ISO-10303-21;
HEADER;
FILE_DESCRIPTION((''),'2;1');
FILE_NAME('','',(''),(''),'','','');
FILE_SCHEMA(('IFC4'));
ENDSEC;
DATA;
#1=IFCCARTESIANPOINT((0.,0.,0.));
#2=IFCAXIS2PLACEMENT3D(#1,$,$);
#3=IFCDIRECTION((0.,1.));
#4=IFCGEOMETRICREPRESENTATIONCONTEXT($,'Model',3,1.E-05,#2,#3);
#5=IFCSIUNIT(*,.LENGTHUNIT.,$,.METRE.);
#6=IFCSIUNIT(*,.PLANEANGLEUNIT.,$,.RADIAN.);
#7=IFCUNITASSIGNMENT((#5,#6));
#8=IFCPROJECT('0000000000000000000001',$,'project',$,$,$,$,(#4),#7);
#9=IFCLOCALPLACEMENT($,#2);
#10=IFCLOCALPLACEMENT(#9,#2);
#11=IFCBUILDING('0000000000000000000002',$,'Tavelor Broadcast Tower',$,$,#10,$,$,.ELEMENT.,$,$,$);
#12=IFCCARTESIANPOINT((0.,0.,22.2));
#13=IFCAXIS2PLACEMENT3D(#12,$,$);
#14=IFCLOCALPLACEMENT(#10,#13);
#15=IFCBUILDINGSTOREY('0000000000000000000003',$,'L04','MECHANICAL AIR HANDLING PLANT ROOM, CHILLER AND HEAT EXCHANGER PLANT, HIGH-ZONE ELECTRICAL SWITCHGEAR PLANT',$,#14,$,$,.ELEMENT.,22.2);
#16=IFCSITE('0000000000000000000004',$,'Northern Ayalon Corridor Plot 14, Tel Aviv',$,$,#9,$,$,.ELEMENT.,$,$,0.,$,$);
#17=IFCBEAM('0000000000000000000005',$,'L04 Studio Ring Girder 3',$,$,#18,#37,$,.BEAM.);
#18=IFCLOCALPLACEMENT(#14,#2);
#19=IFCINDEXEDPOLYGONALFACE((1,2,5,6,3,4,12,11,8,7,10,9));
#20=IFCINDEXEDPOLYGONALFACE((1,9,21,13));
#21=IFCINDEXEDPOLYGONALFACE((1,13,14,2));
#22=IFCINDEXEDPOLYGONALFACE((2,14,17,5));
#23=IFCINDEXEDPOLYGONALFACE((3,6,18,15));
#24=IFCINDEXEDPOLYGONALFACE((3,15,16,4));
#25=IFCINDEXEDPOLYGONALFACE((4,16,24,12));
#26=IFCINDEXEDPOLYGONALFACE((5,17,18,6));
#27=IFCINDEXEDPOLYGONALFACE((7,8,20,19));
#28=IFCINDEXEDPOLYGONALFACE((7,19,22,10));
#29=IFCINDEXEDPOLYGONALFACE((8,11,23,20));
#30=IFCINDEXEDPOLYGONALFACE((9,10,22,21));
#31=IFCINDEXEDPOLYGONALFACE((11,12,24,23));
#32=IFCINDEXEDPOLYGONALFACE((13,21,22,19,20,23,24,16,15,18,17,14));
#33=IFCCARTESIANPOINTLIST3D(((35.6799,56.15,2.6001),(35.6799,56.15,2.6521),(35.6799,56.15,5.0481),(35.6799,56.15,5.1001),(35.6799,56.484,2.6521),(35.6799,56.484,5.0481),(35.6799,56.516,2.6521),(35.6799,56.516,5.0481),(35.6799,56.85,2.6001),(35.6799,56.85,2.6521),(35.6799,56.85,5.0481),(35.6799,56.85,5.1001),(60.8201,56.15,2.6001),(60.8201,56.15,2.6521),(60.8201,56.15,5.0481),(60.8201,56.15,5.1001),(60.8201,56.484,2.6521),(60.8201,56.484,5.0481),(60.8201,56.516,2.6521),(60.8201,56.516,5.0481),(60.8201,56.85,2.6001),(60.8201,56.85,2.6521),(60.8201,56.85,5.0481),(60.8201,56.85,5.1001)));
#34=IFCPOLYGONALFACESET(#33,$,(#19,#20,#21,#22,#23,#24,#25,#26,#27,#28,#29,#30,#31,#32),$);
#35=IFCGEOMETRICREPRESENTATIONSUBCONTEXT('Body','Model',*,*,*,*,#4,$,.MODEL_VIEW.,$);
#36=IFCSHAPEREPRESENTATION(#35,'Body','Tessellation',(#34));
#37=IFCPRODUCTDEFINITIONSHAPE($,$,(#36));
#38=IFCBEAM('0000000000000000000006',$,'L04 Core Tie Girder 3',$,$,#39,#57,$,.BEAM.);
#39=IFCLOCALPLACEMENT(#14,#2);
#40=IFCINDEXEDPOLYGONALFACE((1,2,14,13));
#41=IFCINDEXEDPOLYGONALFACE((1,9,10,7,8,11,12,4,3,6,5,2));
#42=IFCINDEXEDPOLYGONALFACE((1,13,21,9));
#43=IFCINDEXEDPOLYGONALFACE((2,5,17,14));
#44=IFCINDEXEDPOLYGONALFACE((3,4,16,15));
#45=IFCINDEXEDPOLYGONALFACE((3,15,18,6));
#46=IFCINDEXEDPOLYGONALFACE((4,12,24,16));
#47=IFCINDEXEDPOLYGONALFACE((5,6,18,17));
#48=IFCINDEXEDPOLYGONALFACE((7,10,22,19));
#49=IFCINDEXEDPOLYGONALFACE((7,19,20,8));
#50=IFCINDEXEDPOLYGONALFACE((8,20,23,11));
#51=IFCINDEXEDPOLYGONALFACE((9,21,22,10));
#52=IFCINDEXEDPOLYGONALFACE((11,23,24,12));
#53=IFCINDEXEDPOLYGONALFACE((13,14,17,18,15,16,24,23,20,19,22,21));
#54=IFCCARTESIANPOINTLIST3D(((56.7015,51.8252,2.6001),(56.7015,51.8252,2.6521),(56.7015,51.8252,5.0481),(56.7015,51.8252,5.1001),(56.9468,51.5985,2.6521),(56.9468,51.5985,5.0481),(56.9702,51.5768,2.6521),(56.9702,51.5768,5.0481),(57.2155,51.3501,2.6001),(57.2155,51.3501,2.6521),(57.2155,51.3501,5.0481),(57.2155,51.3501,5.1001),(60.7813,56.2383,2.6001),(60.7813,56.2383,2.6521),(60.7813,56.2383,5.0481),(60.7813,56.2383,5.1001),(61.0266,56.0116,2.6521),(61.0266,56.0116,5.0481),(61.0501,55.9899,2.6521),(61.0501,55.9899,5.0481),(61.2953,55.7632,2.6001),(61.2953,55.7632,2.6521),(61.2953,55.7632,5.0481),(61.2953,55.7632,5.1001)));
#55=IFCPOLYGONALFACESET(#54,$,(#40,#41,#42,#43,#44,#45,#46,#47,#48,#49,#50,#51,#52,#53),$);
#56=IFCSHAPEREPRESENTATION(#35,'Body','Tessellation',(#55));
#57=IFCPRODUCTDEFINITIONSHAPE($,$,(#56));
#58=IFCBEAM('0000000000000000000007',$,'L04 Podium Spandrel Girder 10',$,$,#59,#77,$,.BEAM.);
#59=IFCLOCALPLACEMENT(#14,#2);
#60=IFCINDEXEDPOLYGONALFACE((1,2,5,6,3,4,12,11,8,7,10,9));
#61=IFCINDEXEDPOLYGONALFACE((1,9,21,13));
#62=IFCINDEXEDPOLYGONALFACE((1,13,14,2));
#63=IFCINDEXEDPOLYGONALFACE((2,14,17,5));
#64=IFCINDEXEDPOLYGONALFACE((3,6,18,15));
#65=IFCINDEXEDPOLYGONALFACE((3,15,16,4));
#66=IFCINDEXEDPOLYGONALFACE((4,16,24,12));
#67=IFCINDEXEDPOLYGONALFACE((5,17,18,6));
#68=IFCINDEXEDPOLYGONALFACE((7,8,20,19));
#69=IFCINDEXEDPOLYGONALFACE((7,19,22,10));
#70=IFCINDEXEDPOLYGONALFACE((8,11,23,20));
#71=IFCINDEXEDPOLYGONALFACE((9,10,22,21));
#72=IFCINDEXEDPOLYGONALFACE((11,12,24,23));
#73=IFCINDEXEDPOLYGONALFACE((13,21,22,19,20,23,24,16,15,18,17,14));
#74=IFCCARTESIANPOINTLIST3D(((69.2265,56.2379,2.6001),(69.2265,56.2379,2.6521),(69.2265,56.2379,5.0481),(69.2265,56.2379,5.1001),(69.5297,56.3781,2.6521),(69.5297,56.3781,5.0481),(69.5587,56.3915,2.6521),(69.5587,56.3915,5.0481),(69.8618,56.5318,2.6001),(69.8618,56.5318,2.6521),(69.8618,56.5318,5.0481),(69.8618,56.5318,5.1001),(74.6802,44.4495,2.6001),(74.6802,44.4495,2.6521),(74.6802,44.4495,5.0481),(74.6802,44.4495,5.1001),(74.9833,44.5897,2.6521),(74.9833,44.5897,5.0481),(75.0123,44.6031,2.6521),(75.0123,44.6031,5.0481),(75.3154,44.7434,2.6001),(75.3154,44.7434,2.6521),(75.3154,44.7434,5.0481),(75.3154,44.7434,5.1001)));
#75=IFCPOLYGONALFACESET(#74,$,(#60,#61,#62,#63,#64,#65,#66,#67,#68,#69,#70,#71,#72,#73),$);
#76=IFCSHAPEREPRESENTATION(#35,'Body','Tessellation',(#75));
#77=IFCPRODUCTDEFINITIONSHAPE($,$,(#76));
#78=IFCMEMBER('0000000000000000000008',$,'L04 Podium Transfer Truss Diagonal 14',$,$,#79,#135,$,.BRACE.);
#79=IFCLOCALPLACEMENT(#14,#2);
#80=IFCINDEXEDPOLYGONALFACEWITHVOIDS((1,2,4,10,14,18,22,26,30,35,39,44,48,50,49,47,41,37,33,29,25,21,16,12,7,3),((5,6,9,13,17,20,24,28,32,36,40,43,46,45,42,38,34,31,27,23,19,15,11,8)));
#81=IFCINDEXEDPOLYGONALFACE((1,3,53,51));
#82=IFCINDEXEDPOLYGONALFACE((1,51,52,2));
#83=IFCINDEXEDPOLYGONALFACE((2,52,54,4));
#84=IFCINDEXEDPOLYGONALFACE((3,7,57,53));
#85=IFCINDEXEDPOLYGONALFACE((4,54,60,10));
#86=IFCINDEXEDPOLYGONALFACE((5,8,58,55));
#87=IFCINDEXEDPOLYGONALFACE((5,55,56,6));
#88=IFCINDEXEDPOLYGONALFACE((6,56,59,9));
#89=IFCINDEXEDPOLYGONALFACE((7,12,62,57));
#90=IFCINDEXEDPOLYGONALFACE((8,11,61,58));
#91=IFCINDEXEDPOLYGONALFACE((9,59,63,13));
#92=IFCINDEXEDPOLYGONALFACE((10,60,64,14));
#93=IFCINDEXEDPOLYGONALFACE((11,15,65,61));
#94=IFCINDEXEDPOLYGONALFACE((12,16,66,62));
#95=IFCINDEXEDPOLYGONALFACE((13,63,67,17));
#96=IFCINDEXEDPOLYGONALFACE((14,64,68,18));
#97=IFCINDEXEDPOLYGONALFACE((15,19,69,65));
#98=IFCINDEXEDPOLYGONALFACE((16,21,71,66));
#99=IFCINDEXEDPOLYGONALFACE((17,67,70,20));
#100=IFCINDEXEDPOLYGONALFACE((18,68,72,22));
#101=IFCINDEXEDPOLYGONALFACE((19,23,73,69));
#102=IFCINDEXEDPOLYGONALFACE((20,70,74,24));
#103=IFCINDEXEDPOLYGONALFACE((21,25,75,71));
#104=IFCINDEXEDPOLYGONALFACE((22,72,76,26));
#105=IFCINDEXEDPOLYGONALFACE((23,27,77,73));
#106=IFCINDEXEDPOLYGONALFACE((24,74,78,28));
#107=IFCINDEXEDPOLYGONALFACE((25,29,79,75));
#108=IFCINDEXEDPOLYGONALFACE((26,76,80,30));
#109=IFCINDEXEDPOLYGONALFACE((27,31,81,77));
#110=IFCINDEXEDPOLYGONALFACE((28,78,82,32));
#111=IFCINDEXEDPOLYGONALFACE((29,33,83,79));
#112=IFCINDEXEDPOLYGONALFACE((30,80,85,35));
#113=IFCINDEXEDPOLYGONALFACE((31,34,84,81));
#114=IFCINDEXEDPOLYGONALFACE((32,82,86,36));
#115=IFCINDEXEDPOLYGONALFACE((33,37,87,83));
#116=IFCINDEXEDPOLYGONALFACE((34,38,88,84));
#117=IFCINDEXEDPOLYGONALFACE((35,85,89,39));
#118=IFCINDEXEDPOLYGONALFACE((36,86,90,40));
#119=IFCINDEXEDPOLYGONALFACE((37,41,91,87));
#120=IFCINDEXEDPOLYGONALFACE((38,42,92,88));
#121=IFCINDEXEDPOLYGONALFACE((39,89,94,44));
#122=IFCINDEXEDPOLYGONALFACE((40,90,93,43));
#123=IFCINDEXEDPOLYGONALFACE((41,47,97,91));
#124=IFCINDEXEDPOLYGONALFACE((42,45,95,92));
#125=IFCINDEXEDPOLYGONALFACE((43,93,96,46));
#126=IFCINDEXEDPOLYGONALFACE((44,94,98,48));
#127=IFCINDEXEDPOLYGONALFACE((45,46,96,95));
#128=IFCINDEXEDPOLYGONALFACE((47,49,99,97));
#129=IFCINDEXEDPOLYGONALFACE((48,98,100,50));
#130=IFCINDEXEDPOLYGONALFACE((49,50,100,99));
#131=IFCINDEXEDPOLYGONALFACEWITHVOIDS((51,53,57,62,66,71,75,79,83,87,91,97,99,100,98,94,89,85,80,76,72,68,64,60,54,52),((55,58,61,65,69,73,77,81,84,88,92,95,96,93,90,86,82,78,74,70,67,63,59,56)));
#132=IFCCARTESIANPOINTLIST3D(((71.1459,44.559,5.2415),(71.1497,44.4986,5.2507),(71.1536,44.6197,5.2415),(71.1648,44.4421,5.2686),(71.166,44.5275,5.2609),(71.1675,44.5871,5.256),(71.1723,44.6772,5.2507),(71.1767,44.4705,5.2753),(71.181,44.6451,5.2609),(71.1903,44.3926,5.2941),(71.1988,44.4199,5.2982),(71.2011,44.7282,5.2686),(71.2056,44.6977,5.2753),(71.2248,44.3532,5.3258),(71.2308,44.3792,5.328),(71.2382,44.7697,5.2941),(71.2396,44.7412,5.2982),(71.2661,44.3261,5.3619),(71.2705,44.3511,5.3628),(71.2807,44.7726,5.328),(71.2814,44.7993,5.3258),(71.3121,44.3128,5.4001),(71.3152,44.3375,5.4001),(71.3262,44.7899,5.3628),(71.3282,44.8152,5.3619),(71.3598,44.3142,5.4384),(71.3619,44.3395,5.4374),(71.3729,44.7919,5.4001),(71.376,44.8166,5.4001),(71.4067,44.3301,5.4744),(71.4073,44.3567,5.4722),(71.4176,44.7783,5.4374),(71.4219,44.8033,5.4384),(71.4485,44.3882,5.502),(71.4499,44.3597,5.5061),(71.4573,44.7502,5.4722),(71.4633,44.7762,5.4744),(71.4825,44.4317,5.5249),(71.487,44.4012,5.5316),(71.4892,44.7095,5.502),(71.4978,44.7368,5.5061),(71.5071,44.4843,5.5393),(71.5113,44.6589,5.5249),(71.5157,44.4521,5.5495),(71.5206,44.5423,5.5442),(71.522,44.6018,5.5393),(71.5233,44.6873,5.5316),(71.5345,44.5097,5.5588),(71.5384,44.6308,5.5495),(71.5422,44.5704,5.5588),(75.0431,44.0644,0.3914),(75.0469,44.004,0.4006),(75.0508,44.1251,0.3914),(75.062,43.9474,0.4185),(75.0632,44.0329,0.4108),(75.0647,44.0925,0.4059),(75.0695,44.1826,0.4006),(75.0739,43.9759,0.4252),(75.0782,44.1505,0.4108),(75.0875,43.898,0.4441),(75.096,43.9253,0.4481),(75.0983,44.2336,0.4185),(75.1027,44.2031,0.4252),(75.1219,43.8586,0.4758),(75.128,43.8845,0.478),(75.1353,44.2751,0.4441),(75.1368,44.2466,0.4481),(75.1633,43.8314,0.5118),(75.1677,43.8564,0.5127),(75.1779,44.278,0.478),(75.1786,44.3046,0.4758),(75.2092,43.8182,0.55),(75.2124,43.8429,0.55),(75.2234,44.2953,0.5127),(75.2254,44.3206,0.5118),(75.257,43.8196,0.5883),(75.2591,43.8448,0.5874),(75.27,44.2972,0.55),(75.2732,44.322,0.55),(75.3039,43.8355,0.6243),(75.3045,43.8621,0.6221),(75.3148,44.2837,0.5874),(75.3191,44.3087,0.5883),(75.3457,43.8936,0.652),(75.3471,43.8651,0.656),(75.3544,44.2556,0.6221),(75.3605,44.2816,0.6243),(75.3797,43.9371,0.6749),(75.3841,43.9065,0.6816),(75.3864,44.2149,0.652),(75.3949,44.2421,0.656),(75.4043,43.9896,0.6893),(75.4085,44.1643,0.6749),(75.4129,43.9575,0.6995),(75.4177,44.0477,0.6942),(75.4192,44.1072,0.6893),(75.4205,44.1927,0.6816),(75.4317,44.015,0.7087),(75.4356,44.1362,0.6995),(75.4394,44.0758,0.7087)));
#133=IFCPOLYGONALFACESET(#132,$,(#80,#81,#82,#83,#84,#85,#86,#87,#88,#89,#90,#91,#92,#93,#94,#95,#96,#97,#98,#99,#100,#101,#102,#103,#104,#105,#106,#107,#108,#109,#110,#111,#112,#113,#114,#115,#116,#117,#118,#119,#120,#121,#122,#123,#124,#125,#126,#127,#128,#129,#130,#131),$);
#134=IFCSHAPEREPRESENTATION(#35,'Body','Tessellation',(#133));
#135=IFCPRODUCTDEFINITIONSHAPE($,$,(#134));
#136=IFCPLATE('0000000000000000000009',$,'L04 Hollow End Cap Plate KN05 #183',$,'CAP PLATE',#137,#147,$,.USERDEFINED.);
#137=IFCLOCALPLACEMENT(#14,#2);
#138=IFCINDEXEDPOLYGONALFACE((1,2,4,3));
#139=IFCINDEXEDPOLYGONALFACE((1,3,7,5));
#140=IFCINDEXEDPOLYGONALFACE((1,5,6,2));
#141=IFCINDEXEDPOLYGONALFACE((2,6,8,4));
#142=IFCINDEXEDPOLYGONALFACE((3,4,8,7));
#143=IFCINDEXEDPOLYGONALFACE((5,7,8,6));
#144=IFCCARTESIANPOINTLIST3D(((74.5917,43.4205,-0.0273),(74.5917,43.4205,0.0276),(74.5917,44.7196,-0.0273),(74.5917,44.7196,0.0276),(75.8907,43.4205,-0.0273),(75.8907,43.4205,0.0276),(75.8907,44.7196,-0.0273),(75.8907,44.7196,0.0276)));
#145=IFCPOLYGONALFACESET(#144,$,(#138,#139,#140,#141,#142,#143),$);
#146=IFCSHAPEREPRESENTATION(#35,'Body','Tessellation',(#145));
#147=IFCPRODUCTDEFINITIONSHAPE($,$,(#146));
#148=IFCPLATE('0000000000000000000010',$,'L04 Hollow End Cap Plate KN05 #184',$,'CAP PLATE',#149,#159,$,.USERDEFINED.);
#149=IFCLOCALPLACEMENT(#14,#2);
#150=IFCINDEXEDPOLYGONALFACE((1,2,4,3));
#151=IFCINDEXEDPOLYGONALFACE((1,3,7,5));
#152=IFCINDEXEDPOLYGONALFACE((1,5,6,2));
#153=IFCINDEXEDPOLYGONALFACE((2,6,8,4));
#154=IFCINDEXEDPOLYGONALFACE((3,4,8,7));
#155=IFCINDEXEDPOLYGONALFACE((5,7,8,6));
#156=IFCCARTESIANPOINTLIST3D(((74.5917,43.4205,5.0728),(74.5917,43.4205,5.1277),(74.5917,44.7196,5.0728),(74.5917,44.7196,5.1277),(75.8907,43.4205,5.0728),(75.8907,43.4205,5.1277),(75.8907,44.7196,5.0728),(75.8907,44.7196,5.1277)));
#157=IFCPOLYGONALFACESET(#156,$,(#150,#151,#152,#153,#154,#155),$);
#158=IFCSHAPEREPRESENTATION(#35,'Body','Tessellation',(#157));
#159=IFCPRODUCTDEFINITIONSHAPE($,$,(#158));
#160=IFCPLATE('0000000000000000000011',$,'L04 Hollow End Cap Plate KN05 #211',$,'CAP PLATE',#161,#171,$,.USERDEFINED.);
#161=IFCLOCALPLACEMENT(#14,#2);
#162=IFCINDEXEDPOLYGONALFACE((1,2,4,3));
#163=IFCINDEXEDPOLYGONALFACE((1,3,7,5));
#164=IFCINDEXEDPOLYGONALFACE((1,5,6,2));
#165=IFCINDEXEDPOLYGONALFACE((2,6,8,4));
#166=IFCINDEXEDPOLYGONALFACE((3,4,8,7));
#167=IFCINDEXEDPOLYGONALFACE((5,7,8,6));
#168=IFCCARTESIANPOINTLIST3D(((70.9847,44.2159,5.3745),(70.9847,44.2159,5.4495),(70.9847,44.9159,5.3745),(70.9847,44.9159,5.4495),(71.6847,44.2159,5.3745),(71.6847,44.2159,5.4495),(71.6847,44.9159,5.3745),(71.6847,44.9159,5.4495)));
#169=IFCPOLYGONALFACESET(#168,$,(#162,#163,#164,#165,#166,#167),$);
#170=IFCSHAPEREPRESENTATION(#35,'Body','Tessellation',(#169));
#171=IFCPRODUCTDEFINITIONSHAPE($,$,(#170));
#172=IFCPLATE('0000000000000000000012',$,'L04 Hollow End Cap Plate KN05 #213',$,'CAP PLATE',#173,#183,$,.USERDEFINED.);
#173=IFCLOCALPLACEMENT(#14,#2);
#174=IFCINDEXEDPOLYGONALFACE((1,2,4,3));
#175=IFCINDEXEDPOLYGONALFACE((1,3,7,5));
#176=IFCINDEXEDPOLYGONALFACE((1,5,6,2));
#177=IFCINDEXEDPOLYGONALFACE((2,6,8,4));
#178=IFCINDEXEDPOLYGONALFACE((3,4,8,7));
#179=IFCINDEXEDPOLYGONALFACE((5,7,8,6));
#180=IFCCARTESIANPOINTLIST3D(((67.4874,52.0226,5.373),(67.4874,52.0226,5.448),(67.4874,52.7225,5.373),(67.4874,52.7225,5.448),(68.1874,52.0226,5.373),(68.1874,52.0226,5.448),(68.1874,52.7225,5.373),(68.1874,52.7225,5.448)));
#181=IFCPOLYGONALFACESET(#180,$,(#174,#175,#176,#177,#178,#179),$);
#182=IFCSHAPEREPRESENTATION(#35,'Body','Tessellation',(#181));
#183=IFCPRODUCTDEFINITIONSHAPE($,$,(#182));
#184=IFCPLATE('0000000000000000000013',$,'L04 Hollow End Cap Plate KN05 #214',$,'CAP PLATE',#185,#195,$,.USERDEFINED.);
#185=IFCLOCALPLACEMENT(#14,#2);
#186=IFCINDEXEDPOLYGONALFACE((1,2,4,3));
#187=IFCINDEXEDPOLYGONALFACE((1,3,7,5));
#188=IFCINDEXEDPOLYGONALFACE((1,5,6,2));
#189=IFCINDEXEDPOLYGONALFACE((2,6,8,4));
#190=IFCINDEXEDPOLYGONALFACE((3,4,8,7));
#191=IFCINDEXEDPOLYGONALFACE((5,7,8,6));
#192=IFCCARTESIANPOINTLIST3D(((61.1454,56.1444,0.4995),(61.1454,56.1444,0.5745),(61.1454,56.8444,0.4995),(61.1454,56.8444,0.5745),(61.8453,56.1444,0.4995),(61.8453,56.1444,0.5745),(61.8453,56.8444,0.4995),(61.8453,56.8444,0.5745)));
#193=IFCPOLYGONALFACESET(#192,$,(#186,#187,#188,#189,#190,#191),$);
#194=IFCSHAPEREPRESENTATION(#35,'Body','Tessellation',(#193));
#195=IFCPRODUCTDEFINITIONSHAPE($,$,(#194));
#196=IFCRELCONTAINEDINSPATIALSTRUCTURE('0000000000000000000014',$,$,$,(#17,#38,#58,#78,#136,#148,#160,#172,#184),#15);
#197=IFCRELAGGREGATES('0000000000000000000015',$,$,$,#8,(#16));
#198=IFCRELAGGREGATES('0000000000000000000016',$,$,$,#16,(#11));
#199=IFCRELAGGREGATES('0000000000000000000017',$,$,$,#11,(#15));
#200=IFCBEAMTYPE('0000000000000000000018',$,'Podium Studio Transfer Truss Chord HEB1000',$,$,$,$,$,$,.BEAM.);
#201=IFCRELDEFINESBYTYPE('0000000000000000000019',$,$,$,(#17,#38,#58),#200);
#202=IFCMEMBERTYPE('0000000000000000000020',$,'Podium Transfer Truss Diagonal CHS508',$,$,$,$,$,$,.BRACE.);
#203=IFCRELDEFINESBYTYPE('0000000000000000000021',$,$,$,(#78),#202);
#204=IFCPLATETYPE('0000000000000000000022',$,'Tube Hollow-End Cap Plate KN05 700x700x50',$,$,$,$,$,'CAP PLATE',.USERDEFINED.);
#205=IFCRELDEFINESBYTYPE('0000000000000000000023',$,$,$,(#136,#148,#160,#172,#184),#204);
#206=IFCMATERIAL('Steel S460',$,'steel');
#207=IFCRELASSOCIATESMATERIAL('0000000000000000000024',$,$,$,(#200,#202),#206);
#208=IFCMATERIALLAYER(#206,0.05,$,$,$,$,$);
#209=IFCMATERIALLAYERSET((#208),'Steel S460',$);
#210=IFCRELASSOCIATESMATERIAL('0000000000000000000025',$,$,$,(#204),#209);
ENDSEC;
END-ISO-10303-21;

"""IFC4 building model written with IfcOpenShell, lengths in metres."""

from ifc_helpers import new_model, si_unit, direction, frame, origin, origin_2d, place, context, subcontext, project, spatial, rectangle, hollow_circle, i_section, extrude, source, transform, mapped, material, layer, layer_set, material_profile, profile_set, type_object, type_shapes, element, save


model = new_model("IFC4")

# Units and contexts
model_context = context("Model", 3, precision=1e-05, world=origin(), true_north=direction((0.0, 1.0)))
body_context = subcontext(model_context, "Body", "Model", "MODEL_VIEW")
ifc_project = project(units=[si_unit("LENGTHUNIT", "METRE"), si_unit("PLANEANGLEUNIT", "RADIAN")], contexts=[model_context])

# Site, building, storey
site_placement = place(None, origin())
site = spatial("IfcSite", under=ifc_project, at=site_placement, Name="Northern Ayalon Corridor Plot 14, Tel Aviv", CompositionType="ELEMENT", RefElevation=0.0)
building_placement = place(site_placement, origin())
building = spatial("IfcBuilding", under=site, at=building_placement, Name="Tavelor Broadcast Tower", CompositionType="ELEMENT")
storey_placement = place(building_placement, frame((0.0, 0.0, 22.2)))
storey = spatial("IfcBuildingStorey", under=building, at=storey_placement, Name="L04", Description="MECHANICAL AIR HANDLING PLANT ROOM, CHILLER AND HEAT EXCHANGER PLANT, HIGH-ZONE ELECTRICAL SWITCHGEAR PLANT", CompositionType="ELEMENT", Elevation=22.2)

# Shared definitions
ifc_material_1 = material(Name="Steel S460", Category="steel")

# Beams
ifc_material_profile_1 = material_profile(ifc_material_1, i_section(OverallWidth=0.7, OverallDepth=2.5, WebThickness=0.032, FlangeThickness=0.052, at=origin_2d()), Name="PG 2500x700")
ifc_profile_set_1 = profile_set([ifc_material_profile_1], Name="Steel S460")
beam_type_1 = type_object("IfcBeamType", Name="Podium Studio Transfer Truss Chord HEB1000", PredefinedType="BEAM", material=ifc_profile_set_1)
beam_1_placement = place(storey_placement, frame((60.8201, 56.5, 3.8501), z_axis=(-1.0, 0.0, 0.0), x_axis=(0.0, -1.0, 0.0)))
element("IfcBeam", 1, at=beam_1_placement, inside=storey, type_object=beam_type_1, Name="L04 Studio Ring Girder 3", PredefinedType="BEAM", context=body_context, shape_type="SweptSolid", body=[
    extrude(i_section(OverallWidth=0.7, OverallDepth=2.5, WebThickness=0.032, FlangeThickness=0.052, at=origin_2d()), origin(), (0.0, 0.0, 1.0), 25.1401),
])
beam_2_placement = place(storey_placement, frame((61.0383, 56.0007, 3.8501), z_axis=(-0.678838, -0.734288, 0.0), x_axis=(0.734288, -0.678838, 0.0)))
element("IfcBeam", 2, at=beam_2_placement, inside=storey, type_object=beam_type_1, Name="L04 Core Tie Girder 3", PredefinedType="BEAM", context=body_context, shape_type="SweptSolid", body=[
    extrude(i_section(OverallWidth=0.7, OverallDepth=2.5, WebThickness=0.032, FlangeThickness=0.052, at=origin_2d()), origin(), (0.0, 0.0, 1.0), 6.01),
])
beam_3_placement = place(storey_placement, frame((74.9978, 44.5964, 3.8501), z_axis=(-0.419873, 0.907583, 0.0), x_axis=(-0.907583, -0.419873, 0.0)))
element("IfcBeam", 3, at=beam_3_placement, inside=storey, type_object=beam_type_1, Name="L04 Podium Spandrel Girder 10", PredefinedType="BEAM", context=body_context, shape_type="SweptSolid", body=[
    extrude(i_section(OverallWidth=0.7, OverallDepth=2.5, WebThickness=0.032, FlangeThickness=0.052, at=origin_2d()), origin(), (0.0, 0.0, 1.0), 12.9888),
])

# Member
ifc_material_profile_2 = material_profile(ifc_material_1, hollow_circle(Radius=0.2539, WallThickness=0.0249, at=origin_2d()), Name="CHS 508x25")
ifc_profile_set_2 = profile_set([ifc_material_profile_2], Name="Steel S460")
member_type = type_object("IfcMemberType", Name="Podium Transfer Truss Diagonal CHS508", PredefinedType="BRACE", material=ifc_profile_set_2)
member_placement = place(storey_placement, frame((75.2412, 44.0701, 0.55), z_axis=(-0.624403, 0.079248, 0.777072), x_axis=(-0.125908, -0.992042, 0.0)))
element("IfcMember", 4, at=member_placement, inside=storey, type_object=member_type, Name="L04 Podium Transfer Truss Diagonal 14", PredefinedType="BRACE", context=body_context, shape_type="SweptSolid", body=[
    extrude(hollow_circle(Radius=0.2539, WallThickness=0.0249, at=origin_2d()), origin(), (0.0, 0.0, 1.0), 6.2415),
])

# Plates
ifc_layer_1 = layer(ifc_material_1, 0.05)
ifc_layer_set_1 = layer_set([ifc_layer_1], Name="Steel S460")
plate_type_1 = type_object("IfcPlateType", Name="Tube Hollow-End Cap Plate KN05 700x700x50", ElementType="CAP PLATE", PredefinedType="USERDEFINED", material=ifc_layer_set_1)
shared_shape_1 = source(origin(), body_context, "Body", "SweptSolid", [
    extrude(rectangle(XDim=1.2991, YDim=1.2991, at=origin_2d()), origin(), (0.0, 0.0, 1.0), 0.0549),
])
for number, where, z_axis, x_axis, name in (
    (5, (75.2412, 44.0701, -0.0273), (0.0, 0.0, 1.0), (1.0, 0.0, 0.0), "L04 Hollow End Cap Plate KN05 #183"),
    (6, (75.2412, 44.0701, 5.0728), (0.0, 0.0, 1.0), (1.0, 0.0, 0.0), "L04 Hollow End Cap Plate KN05 #184"),
):
    element("IfcPlate", number, at=place(storey_placement, frame(where, z_axis=z_axis, x_axis=x_axis)), inside=storey, type_object=plate_type_1, Name=name, ObjectType="CAP PLATE", PredefinedType="USERDEFINED", context=body_context, shape_type="MappedRepresentation", body=[
        mapped(shared_shape_1, transform((0.0, 0.0, 0.0), scale=1.0)),
    ])
shared_shape_2 = source(origin(), body_context, "Body", "SweptSolid", [
    extrude(rectangle(XDim=0.7, YDim=0.7, at=origin_2d()), origin(), (0.0, 0.0, 1.0), 0.075),
])
type_shapes(plate_type_1, [shared_shape_1, shared_shape_2])
for number, where, z_axis, x_axis, name in (
    (7, (71.3347, 44.5659, 5.3745), (0.0, 0.0, 1.0), (1.0, 0.0, 0.0), "L04 Hollow End Cap Plate KN05 #211"),
    (8, (67.8374, 52.3726, 5.373), (0.0, 0.0, 1.0), (1.0, 0.0, 0.0), "L04 Hollow End Cap Plate KN05 #213"),
    (9, (61.4954, 56.4944, 0.4995), (0.0, 0.0, 1.0), (1.0, 0.0, 0.0), "L04 Hollow End Cap Plate KN05 #214"),
):
    element("IfcPlate", number, at=place(storey_placement, frame(where, z_axis=z_axis, x_axis=x_axis)), inside=storey, type_object=plate_type_1, Name=name, ObjectType="CAP PLATE", PredefinedType="USERDEFINED", context=body_context, shape_type="MappedRepresentation", body=[
        mapped(shared_shape_2, transform((0.0, 0.0, 0.0), scale=1.0)),
    ])

save(model, "model.ifc")
